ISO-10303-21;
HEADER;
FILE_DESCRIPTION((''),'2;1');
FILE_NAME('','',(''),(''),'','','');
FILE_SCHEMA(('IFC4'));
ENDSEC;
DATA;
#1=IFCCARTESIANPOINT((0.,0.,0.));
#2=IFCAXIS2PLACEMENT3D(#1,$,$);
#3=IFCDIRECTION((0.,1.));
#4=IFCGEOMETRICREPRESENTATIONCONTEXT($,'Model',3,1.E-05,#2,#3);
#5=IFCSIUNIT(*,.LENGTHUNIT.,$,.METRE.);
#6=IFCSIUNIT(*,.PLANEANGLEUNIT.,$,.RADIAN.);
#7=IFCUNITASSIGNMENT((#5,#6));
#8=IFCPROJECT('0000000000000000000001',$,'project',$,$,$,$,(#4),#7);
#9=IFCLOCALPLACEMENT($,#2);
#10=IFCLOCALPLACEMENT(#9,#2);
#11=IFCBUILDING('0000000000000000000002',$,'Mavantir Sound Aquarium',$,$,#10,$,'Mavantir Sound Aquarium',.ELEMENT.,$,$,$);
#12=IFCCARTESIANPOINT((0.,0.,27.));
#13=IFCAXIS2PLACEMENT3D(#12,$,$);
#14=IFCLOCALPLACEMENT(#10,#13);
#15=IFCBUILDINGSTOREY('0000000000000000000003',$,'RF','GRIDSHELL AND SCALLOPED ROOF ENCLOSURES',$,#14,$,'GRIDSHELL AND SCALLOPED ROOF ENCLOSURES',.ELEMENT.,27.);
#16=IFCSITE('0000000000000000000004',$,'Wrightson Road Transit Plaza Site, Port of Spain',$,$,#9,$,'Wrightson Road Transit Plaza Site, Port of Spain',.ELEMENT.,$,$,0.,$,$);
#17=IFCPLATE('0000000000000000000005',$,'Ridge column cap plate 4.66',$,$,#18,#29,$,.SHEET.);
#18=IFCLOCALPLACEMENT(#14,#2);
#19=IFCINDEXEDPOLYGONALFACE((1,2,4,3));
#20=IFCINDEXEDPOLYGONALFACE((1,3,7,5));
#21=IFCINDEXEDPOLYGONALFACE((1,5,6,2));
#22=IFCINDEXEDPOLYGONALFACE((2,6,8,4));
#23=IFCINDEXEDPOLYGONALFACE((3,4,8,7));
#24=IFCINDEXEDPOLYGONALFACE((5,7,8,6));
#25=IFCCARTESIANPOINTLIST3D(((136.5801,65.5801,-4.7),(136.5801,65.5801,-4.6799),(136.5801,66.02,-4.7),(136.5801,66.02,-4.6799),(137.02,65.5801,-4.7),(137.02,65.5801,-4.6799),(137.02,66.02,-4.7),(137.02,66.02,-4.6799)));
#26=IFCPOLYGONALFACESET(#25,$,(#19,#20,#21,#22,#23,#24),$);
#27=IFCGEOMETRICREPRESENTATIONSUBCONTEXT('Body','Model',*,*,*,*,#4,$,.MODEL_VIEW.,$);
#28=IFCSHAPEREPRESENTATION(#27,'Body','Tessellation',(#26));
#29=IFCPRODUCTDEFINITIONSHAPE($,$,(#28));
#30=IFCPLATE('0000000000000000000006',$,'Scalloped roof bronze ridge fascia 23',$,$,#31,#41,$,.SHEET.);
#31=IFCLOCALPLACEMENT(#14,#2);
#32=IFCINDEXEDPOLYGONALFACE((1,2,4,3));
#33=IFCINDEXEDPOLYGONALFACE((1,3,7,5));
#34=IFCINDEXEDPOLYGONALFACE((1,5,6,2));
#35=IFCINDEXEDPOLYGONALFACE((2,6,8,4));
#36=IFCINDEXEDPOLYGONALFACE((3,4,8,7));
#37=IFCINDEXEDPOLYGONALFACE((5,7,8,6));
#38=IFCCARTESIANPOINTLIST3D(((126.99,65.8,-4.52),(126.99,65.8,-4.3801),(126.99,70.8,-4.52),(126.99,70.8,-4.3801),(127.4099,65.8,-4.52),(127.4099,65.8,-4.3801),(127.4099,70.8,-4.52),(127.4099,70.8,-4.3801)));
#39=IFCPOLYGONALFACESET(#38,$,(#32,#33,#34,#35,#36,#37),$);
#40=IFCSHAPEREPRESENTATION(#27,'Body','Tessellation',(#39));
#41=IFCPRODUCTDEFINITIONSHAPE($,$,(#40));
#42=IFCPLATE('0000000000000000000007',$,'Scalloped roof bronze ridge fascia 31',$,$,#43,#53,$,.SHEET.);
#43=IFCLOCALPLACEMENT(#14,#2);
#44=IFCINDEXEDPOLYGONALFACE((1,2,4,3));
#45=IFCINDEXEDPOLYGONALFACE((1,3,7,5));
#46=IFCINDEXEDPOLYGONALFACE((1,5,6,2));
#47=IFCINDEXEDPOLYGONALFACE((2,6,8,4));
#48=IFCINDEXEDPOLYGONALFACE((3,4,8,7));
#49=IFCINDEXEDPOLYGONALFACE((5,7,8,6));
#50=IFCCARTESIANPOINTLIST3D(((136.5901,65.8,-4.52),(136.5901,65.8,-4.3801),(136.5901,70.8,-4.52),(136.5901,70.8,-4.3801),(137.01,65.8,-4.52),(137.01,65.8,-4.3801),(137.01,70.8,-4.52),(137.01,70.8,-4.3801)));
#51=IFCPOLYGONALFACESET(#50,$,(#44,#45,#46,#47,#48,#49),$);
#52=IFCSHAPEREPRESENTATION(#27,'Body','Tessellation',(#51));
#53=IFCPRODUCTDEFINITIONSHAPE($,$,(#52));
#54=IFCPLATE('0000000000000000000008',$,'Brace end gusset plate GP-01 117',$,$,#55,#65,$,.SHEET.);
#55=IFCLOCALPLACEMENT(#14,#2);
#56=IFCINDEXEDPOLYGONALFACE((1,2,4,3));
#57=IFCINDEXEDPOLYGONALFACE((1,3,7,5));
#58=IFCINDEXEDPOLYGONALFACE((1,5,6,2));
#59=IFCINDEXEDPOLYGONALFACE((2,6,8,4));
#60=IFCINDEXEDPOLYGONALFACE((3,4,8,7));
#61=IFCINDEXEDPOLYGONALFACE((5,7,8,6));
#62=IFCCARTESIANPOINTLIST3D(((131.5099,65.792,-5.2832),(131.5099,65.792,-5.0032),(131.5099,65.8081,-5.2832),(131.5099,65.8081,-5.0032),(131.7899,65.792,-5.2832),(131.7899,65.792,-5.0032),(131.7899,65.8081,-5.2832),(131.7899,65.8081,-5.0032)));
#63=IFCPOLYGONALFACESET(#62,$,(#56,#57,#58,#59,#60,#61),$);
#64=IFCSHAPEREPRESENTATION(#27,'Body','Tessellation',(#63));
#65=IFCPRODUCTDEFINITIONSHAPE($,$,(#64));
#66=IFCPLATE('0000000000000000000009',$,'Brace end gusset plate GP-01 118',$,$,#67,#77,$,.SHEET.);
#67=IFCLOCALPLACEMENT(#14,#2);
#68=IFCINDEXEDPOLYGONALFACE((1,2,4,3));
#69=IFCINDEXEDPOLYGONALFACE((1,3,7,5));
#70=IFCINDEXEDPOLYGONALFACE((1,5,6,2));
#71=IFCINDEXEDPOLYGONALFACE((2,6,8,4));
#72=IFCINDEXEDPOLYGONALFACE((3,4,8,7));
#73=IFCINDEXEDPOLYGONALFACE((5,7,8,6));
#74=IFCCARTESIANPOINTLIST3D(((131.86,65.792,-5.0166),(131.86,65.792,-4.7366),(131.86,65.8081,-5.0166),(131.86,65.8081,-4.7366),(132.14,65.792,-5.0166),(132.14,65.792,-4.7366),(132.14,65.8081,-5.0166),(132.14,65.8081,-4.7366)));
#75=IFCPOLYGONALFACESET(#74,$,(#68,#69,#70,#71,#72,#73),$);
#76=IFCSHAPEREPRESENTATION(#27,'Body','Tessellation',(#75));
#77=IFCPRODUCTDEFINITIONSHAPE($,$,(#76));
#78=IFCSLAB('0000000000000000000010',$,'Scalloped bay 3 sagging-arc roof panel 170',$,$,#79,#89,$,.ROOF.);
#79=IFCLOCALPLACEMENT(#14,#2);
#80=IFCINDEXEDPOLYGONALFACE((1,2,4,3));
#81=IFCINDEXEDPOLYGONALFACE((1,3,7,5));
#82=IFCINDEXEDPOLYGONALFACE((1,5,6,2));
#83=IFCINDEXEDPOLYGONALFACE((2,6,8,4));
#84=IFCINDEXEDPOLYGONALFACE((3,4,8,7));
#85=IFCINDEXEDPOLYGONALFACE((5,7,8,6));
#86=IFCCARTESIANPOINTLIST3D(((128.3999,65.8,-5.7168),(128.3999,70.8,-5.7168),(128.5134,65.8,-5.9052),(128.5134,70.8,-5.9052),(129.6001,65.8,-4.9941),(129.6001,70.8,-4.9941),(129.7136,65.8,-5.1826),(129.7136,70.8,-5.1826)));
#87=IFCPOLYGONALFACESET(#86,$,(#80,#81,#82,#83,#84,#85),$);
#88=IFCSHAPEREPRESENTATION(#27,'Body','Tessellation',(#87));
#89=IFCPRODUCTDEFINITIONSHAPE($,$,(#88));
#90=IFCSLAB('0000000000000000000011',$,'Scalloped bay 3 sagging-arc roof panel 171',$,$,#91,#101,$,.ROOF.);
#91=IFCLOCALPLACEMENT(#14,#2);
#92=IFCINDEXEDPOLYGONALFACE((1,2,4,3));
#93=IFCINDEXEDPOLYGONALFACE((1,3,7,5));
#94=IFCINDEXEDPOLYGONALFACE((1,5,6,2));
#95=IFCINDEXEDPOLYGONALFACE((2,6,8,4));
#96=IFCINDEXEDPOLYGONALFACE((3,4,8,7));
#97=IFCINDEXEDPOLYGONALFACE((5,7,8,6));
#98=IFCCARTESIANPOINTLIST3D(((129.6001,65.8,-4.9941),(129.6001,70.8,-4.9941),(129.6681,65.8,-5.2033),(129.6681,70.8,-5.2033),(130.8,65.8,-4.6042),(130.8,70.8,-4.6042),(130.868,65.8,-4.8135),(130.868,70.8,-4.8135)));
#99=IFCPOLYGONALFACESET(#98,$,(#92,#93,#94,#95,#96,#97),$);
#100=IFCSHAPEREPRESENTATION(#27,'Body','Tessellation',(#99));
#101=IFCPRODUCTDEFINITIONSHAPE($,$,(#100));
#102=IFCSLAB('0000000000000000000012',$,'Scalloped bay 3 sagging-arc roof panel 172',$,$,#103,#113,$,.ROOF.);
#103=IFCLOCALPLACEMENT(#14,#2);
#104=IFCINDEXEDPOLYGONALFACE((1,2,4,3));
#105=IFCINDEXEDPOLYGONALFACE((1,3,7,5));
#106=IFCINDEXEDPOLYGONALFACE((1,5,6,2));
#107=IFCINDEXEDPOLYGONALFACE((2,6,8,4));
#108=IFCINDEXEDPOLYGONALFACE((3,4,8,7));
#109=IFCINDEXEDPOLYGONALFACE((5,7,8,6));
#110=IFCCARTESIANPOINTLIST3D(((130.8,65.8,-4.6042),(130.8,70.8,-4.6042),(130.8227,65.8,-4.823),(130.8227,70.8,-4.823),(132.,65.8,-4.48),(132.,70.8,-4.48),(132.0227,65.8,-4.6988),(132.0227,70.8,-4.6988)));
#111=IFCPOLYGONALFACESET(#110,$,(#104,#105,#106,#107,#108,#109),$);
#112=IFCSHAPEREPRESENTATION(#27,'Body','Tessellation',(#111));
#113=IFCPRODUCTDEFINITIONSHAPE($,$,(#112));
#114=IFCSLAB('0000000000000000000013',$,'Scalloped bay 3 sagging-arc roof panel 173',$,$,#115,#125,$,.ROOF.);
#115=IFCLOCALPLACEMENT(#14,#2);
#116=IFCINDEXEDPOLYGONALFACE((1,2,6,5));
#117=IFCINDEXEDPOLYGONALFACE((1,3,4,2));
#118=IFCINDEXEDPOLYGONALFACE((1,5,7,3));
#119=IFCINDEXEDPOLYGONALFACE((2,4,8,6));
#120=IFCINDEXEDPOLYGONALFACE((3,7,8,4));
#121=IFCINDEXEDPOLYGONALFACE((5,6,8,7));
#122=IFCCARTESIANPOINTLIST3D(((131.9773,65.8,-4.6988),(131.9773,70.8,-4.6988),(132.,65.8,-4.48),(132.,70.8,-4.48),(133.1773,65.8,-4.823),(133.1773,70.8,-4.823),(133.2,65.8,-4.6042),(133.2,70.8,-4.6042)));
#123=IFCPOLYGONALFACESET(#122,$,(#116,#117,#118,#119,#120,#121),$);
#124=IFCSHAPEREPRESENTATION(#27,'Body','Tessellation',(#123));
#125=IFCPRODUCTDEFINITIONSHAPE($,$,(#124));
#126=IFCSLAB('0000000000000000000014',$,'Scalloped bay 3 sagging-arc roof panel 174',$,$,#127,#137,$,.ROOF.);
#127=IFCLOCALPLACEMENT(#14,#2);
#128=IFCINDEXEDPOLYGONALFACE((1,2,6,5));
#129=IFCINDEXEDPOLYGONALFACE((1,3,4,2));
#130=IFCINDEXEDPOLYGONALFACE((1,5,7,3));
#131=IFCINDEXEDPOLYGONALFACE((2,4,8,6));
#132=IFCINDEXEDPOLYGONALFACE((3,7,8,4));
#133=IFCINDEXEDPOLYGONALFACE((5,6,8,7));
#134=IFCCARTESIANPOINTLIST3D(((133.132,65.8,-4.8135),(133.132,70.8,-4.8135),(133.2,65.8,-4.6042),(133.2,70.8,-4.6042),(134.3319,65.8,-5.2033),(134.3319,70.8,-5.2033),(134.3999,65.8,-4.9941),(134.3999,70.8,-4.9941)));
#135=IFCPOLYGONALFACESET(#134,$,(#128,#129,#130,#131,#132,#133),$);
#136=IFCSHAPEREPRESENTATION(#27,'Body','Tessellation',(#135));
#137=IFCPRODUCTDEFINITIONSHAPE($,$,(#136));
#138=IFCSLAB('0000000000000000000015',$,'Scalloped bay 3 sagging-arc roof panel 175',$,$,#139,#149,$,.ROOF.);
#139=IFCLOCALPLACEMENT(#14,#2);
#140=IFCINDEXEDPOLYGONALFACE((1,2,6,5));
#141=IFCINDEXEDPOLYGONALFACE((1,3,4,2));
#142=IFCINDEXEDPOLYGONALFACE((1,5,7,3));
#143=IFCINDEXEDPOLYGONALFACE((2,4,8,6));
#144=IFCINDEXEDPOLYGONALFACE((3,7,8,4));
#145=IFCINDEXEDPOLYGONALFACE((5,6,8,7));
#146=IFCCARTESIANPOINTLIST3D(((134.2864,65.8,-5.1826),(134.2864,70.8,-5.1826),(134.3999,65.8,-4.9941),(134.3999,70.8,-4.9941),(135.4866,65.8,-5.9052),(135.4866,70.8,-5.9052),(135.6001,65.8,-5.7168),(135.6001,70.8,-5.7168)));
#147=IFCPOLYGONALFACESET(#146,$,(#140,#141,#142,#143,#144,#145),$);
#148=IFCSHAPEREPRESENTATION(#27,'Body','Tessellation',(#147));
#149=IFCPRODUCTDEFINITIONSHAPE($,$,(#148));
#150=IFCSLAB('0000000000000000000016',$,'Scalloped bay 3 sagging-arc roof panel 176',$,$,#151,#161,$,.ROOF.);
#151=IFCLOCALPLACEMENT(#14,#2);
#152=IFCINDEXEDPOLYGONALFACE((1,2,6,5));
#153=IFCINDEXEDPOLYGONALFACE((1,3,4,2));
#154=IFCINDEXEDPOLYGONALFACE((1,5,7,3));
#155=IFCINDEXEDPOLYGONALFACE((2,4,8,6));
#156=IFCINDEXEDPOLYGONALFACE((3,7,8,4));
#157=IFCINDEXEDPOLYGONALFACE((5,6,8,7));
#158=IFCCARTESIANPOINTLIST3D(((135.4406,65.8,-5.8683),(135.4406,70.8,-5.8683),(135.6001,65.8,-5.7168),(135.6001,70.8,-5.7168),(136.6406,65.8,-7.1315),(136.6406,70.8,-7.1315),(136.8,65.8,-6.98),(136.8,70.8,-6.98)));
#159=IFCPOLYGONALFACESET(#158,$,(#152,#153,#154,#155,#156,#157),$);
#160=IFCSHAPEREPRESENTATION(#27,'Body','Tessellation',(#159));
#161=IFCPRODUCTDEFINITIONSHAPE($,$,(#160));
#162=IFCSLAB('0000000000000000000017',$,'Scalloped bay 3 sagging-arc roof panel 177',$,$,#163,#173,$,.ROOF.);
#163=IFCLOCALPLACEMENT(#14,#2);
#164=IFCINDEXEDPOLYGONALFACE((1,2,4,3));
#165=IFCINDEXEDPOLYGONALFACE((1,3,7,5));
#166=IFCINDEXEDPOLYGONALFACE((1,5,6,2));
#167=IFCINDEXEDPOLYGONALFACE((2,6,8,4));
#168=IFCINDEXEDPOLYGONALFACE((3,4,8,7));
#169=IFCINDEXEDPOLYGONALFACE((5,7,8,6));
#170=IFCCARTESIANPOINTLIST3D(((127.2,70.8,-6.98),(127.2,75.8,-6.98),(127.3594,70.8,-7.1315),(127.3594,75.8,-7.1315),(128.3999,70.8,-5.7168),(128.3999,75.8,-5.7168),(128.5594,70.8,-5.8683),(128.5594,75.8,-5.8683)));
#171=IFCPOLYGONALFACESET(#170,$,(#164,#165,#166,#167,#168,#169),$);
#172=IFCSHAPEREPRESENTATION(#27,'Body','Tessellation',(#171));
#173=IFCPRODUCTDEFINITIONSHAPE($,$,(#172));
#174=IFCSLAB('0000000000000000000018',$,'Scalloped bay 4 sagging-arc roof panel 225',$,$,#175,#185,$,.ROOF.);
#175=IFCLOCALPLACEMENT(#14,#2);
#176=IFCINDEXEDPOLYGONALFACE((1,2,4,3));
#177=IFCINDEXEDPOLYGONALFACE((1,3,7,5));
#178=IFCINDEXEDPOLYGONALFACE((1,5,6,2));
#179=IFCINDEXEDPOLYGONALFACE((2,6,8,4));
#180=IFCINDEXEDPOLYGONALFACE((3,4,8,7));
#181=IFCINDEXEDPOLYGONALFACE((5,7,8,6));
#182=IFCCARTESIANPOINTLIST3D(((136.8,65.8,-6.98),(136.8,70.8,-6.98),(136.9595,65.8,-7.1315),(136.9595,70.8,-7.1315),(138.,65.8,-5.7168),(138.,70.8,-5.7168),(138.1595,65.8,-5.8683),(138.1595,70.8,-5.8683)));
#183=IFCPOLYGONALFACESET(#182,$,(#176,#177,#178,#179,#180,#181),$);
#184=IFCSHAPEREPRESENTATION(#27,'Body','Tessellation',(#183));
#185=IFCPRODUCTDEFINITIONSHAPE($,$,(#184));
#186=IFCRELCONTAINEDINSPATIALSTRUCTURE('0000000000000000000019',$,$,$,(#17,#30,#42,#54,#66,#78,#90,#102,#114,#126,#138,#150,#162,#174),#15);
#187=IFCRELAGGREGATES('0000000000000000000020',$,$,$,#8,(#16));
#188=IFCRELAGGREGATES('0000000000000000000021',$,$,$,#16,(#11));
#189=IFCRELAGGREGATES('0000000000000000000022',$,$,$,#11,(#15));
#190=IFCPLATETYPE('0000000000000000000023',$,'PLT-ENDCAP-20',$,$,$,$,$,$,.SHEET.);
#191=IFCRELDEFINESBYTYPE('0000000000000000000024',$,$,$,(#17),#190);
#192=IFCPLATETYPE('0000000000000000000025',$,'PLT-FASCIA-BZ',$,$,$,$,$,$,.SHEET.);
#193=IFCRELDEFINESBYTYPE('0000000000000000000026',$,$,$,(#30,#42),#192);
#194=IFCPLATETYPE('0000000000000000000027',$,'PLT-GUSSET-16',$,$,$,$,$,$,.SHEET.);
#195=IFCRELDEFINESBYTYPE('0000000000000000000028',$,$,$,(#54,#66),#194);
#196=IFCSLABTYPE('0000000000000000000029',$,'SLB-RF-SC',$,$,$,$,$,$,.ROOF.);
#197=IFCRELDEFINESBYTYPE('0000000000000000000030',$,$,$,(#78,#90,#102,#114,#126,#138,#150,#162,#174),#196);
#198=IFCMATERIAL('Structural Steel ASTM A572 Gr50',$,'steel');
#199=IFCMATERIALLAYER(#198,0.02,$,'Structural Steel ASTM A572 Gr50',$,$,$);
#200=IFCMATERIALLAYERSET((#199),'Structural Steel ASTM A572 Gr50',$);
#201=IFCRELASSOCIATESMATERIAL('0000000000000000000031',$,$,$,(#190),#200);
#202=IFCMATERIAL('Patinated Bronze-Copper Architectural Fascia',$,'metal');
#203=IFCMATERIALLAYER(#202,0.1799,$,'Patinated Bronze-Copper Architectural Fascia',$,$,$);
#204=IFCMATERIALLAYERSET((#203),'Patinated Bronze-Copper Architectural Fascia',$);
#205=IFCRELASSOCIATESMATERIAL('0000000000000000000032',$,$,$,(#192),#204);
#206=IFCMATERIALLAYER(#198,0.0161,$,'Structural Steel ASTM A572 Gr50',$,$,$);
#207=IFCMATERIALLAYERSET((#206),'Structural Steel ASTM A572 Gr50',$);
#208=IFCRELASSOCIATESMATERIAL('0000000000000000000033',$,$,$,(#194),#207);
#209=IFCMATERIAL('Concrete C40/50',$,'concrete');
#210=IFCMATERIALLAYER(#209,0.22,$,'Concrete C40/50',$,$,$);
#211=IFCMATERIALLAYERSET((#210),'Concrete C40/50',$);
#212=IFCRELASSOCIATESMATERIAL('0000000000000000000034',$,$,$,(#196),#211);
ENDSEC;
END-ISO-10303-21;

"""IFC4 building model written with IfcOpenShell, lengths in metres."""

from ifc_helpers import new_model, si_unit, direction, frame, origin, origin_2d, place, context, subcontext, project, spatial, polyline, rectangle, outline, extrude, material, layer, layer_set, type_object, element, save


model = new_model("IFC4")

# Units and contexts
model_context = context("Model", 3, precision=1e-05, world=origin(), true_north=direction((0.0, 1.0)))
body_context = subcontext(model_context, "Body", "Model", "MODEL_VIEW")
ifc_project = project(units=[si_unit("LENGTHUNIT", "METRE"), si_unit("PLANEANGLEUNIT", "RADIAN")], contexts=[model_context])

# Site, building, storey
site_placement = place(None, origin())
site = spatial("IfcSite", under=ifc_project, at=site_placement, Name="Wrightson Road Transit Plaza Site, Port of Spain", LongName="Wrightson Road Transit Plaza Site, Port of Spain", CompositionType="ELEMENT", RefElevation=0.0)
building_placement = place(site_placement, origin())
building = spatial("IfcBuilding", under=site, at=building_placement, Name="Mavantir Sound Aquarium", LongName="Mavantir Sound Aquarium", CompositionType="ELEMENT")
storey_placement = place(building_placement, frame((0.0, 0.0, 27.0)))
storey = spatial("IfcBuildingStorey", under=building, at=storey_placement, Name="RF", Description="GRIDSHELL AND SCALLOPED ROOF ENCLOSURES", LongName="GRIDSHELL AND SCALLOPED ROOF ENCLOSURES", CompositionType="ELEMENT", Elevation=27.0)

# Shared definitions
ifc_material_1 = material(Name="Concrete C40/50", Category="concrete")

# Plates
ifc_material_2 = material(Name="Structural Steel ASTM A572 Gr50", Category="steel")
ifc_layer_1 = layer(ifc_material_2, 0.02, Name="Structural Steel ASTM A572 Gr50")
ifc_layer_set_1 = layer_set([ifc_layer_1], Name="Structural Steel ASTM A572 Gr50")
plate_type_1 = type_object("IfcPlateType", Name="PLT-ENDCAP-20", PredefinedType="SHEET", material=ifc_layer_set_1)
for number, where, z_axis, x_axis, name in (
    (1, (136.8, 65.8, -4.7), (0.0, 0.0, 1.0), (1.0, 0.0, 0.0), "Ridge column cap plate 4.66"),
):
    element("IfcPlate", number, at=place(storey_placement, frame(where, z_axis=z_axis, x_axis=x_axis)), inside=storey, type_object=plate_type_1, Name=name, PredefinedType="SHEET", context=body_context, shape_type="SweptSolid", body=[
        extrude(rectangle(XDim=0.4399, YDim=0.4399, at=origin_2d()), origin(), (0.0, 0.0, 1.0), 0.02),
    ])
ifc_material_3 = material(Name="Patinated Bronze-Copper Architectural Fascia", Category="metal")
ifc_layer_2 = layer(ifc_material_3, 0.1799, Name="Patinated Bronze-Copper Architectural Fascia")
ifc_layer_set_2 = layer_set([ifc_layer_2], Name="Patinated Bronze-Copper Architectural Fascia")
plate_type_2 = type_object("IfcPlateType", Name="PLT-FASCIA-BZ", PredefinedType="SHEET", material=ifc_layer_set_2)
for number, where, z_axis, x_axis, name in (
    (2, (127.2, 68.3, -4.52), (0.0, 0.0, 1.0), (1.0, 0.0, 0.0), "Scalloped roof bronze ridge fascia 23"),
    (3, (136.8, 68.3, -4.52), (0.0, 0.0, 1.0), (1.0, 0.0, 0.0), "Scalloped roof bronze ridge fascia 31"),
):
    element("IfcPlate", number, at=place(storey_placement, frame(where, z_axis=z_axis, x_axis=x_axis)), inside=storey, type_object=plate_type_2, Name=name, PredefinedType="SHEET", context=body_context, shape_type="SweptSolid", body=[
        extrude(rectangle(XDim=0.4199, YDim=5.0, at=origin_2d()), origin(), (0.0, 0.0, 1.0), 0.1399),
    ])
ifc_layer_3 = layer(ifc_material_2, 0.0161, Name="Structural Steel ASTM A572 Gr50")
ifc_layer_set_3 = layer_set([ifc_layer_3], Name="Structural Steel ASTM A572 Gr50")
plate_type_3 = type_object("IfcPlateType", Name="PLT-GUSSET-16", PredefinedType="SHEET", material=ifc_layer_set_3)
for number, where, z_axis, x_axis, name in (
    (4, (131.6499, 65.8, -5.2832), (0.0, 0.0, 1.0), (1.0, 0.0, 0.0), "Brace end gusset plate GP-01 117"),
    (5, (132.0, 65.8, -5.0166), (0.0, 0.0, 1.0), (1.0, 0.0, 0.0), "Brace end gusset plate GP-01 118"),
):
    element("IfcPlate", number, at=place(storey_placement, frame(where, z_axis=z_axis, x_axis=x_axis)), inside=storey, type_object=plate_type_3, Name=name, PredefinedType="SHEET", context=body_context, shape_type="SweptSolid", body=[
        extrude(rectangle(XDim=0.28, YDim=0.0161, at=origin_2d()), origin(), (0.0, 0.0, 1.0), 0.28),
    ])

# Slabs
ifc_layer_4 = layer(ifc_material_1, 0.22, Name="Concrete C40/50")
ifc_layer_set_4 = layer_set([ifc_layer_4], Name="Concrete C40/50")
slab_type = type_object("IfcSlabType", Name="SLB-RF-SC", PredefinedType="ROOF", material=ifc_layer_set_4)
slab_1_placement = place(storey_placement, frame((128.3999, 65.8, -5.7168), z_axis=(-0.515828, 0.0, 0.856692), x_axis=(0.856692, 0.0, 0.515828)))
element("IfcSlab", 6, at=slab_1_placement, inside=storey, type_object=slab_type, Name="Scalloped bay 3 sagging-arc roof panel 170", PredefinedType="ROOF", context=body_context, shape_type="SweptSolid", body=[
    extrude(outline(polyline([(0.0, 0.0), (1.401, 0.0), (1.401, 5.0), (0.0, 5.0), (0.0, 0.0)])), origin(), (0.0, 0.0, -1.0), 0.22),
])
slab_2_placement = place(storey_placement, frame((129.6001, 65.8, -4.9941), z_axis=(-0.30902, 0.0, 0.951055), x_axis=(0.951055, 0.0, 0.30902)))
element("IfcSlab", 7, at=slab_2_placement, inside=storey, type_object=slab_type, Name="Scalloped bay 3 sagging-arc roof panel 171", PredefinedType="ROOF", context=body_context, shape_type="SweptSolid", body=[
    extrude(outline(polyline([(0.0, 0.0), (1.2617, 0.0), (1.2617, 5.0), (0.0, 5.0), (0.0, 0.0)])), origin(), (0.0, 0.0, -1.0), 0.22),
])
for number, where, z_axis, x_axis, name in (
    (8, (130.8, 65.8, -4.6042), (-0.10301, 0.0, 0.99468), (0.99468, 0.0, 0.10301), "Scalloped bay 3 sagging-arc roof panel 172"),
    (9, (132.0, 65.8, -4.48), (0.10301, 0.0, 0.99468), (0.99468, 0.0, -0.10301), "Scalloped bay 3 sagging-arc roof panel 173"),
):
    element("IfcSlab", number, at=place(storey_placement, frame(where, z_axis=z_axis, x_axis=x_axis)), inside=storey, type_object=slab_type, Name=name, PredefinedType="ROOF", context=body_context, shape_type="SweptSolid", body=[
        extrude(outline(polyline([(0.0, 0.0), (1.2064, 0.0), (1.2064, 5.0), (0.0, 5.0), (0.0, 0.0)])), origin(), (0.0, 0.0, -1.0), 0.22),
    ])
slab_3_placement = place(storey_placement, frame((133.2, 65.8, -4.6042), z_axis=(0.30902, 0.0, 0.951055), x_axis=(0.951055, 0.0, -0.30902)))
element("IfcSlab", 10, at=slab_3_placement, inside=storey, type_object=slab_type, Name="Scalloped bay 3 sagging-arc roof panel 174", PredefinedType="ROOF", context=body_context, shape_type="SweptSolid", body=[
    extrude(outline(polyline([(0.0, 0.0), (1.2617, 0.0), (1.2617, 5.0), (0.0, 5.0), (0.0, 0.0)])), origin(), (0.0, 0.0, -1.0), 0.22),
])
slab_4_placement = place(storey_placement, frame((134.3999, 65.8, -4.9941), z_axis=(0.515828, 0.0, 0.856692), x_axis=(0.856692, 0.0, -0.515828)))
element("IfcSlab", 11, at=slab_4_placement, inside=storey, type_object=slab_type, Name="Scalloped bay 3 sagging-arc roof panel 175", PredefinedType="ROOF", context=body_context, shape_type="SweptSolid", body=[
    extrude(outline(polyline([(0.0, 0.0), (1.401, 0.0), (1.401, 5.0), (0.0, 5.0), (0.0, 0.0)])), origin(), (0.0, 0.0, -1.0), 0.22),
])
for number, where, z_axis, x_axis, name in (
    (12, (135.6001, 65.8, -5.7168), (0.72502, 0.0, 0.688727), (0.688727, 0.0, -0.72502), "Scalloped bay 3 sagging-arc roof panel 176"),
    (13, (127.2, 70.8, -6.98), (-0.72502, 0.0, 0.688727), (0.688727, 0.0, 0.72502), "Scalloped bay 3 sagging-arc roof panel 177"),
    (14, (136.8, 65.8, -6.98), (-0.72502, 0.0, 0.688727), (0.688727, 0.0, 0.72502), "Scalloped bay 4 sagging-arc roof panel 225"),
):
    element("IfcSlab", number, at=place(storey_placement, frame(where, z_axis=z_axis, x_axis=x_axis)), inside=storey, type_object=slab_type, Name=name, PredefinedType="ROOF", context=body_context, shape_type="SweptSolid", body=[
        extrude(outline(polyline([(0.0, 0.0), (1.7423, 0.0), (1.7423, 5.0), (0.0, 5.0), (0.0, 0.0)])), origin(), (0.0, 0.0, -1.0), 0.22),
    ])

save(model, "model.ifc")
